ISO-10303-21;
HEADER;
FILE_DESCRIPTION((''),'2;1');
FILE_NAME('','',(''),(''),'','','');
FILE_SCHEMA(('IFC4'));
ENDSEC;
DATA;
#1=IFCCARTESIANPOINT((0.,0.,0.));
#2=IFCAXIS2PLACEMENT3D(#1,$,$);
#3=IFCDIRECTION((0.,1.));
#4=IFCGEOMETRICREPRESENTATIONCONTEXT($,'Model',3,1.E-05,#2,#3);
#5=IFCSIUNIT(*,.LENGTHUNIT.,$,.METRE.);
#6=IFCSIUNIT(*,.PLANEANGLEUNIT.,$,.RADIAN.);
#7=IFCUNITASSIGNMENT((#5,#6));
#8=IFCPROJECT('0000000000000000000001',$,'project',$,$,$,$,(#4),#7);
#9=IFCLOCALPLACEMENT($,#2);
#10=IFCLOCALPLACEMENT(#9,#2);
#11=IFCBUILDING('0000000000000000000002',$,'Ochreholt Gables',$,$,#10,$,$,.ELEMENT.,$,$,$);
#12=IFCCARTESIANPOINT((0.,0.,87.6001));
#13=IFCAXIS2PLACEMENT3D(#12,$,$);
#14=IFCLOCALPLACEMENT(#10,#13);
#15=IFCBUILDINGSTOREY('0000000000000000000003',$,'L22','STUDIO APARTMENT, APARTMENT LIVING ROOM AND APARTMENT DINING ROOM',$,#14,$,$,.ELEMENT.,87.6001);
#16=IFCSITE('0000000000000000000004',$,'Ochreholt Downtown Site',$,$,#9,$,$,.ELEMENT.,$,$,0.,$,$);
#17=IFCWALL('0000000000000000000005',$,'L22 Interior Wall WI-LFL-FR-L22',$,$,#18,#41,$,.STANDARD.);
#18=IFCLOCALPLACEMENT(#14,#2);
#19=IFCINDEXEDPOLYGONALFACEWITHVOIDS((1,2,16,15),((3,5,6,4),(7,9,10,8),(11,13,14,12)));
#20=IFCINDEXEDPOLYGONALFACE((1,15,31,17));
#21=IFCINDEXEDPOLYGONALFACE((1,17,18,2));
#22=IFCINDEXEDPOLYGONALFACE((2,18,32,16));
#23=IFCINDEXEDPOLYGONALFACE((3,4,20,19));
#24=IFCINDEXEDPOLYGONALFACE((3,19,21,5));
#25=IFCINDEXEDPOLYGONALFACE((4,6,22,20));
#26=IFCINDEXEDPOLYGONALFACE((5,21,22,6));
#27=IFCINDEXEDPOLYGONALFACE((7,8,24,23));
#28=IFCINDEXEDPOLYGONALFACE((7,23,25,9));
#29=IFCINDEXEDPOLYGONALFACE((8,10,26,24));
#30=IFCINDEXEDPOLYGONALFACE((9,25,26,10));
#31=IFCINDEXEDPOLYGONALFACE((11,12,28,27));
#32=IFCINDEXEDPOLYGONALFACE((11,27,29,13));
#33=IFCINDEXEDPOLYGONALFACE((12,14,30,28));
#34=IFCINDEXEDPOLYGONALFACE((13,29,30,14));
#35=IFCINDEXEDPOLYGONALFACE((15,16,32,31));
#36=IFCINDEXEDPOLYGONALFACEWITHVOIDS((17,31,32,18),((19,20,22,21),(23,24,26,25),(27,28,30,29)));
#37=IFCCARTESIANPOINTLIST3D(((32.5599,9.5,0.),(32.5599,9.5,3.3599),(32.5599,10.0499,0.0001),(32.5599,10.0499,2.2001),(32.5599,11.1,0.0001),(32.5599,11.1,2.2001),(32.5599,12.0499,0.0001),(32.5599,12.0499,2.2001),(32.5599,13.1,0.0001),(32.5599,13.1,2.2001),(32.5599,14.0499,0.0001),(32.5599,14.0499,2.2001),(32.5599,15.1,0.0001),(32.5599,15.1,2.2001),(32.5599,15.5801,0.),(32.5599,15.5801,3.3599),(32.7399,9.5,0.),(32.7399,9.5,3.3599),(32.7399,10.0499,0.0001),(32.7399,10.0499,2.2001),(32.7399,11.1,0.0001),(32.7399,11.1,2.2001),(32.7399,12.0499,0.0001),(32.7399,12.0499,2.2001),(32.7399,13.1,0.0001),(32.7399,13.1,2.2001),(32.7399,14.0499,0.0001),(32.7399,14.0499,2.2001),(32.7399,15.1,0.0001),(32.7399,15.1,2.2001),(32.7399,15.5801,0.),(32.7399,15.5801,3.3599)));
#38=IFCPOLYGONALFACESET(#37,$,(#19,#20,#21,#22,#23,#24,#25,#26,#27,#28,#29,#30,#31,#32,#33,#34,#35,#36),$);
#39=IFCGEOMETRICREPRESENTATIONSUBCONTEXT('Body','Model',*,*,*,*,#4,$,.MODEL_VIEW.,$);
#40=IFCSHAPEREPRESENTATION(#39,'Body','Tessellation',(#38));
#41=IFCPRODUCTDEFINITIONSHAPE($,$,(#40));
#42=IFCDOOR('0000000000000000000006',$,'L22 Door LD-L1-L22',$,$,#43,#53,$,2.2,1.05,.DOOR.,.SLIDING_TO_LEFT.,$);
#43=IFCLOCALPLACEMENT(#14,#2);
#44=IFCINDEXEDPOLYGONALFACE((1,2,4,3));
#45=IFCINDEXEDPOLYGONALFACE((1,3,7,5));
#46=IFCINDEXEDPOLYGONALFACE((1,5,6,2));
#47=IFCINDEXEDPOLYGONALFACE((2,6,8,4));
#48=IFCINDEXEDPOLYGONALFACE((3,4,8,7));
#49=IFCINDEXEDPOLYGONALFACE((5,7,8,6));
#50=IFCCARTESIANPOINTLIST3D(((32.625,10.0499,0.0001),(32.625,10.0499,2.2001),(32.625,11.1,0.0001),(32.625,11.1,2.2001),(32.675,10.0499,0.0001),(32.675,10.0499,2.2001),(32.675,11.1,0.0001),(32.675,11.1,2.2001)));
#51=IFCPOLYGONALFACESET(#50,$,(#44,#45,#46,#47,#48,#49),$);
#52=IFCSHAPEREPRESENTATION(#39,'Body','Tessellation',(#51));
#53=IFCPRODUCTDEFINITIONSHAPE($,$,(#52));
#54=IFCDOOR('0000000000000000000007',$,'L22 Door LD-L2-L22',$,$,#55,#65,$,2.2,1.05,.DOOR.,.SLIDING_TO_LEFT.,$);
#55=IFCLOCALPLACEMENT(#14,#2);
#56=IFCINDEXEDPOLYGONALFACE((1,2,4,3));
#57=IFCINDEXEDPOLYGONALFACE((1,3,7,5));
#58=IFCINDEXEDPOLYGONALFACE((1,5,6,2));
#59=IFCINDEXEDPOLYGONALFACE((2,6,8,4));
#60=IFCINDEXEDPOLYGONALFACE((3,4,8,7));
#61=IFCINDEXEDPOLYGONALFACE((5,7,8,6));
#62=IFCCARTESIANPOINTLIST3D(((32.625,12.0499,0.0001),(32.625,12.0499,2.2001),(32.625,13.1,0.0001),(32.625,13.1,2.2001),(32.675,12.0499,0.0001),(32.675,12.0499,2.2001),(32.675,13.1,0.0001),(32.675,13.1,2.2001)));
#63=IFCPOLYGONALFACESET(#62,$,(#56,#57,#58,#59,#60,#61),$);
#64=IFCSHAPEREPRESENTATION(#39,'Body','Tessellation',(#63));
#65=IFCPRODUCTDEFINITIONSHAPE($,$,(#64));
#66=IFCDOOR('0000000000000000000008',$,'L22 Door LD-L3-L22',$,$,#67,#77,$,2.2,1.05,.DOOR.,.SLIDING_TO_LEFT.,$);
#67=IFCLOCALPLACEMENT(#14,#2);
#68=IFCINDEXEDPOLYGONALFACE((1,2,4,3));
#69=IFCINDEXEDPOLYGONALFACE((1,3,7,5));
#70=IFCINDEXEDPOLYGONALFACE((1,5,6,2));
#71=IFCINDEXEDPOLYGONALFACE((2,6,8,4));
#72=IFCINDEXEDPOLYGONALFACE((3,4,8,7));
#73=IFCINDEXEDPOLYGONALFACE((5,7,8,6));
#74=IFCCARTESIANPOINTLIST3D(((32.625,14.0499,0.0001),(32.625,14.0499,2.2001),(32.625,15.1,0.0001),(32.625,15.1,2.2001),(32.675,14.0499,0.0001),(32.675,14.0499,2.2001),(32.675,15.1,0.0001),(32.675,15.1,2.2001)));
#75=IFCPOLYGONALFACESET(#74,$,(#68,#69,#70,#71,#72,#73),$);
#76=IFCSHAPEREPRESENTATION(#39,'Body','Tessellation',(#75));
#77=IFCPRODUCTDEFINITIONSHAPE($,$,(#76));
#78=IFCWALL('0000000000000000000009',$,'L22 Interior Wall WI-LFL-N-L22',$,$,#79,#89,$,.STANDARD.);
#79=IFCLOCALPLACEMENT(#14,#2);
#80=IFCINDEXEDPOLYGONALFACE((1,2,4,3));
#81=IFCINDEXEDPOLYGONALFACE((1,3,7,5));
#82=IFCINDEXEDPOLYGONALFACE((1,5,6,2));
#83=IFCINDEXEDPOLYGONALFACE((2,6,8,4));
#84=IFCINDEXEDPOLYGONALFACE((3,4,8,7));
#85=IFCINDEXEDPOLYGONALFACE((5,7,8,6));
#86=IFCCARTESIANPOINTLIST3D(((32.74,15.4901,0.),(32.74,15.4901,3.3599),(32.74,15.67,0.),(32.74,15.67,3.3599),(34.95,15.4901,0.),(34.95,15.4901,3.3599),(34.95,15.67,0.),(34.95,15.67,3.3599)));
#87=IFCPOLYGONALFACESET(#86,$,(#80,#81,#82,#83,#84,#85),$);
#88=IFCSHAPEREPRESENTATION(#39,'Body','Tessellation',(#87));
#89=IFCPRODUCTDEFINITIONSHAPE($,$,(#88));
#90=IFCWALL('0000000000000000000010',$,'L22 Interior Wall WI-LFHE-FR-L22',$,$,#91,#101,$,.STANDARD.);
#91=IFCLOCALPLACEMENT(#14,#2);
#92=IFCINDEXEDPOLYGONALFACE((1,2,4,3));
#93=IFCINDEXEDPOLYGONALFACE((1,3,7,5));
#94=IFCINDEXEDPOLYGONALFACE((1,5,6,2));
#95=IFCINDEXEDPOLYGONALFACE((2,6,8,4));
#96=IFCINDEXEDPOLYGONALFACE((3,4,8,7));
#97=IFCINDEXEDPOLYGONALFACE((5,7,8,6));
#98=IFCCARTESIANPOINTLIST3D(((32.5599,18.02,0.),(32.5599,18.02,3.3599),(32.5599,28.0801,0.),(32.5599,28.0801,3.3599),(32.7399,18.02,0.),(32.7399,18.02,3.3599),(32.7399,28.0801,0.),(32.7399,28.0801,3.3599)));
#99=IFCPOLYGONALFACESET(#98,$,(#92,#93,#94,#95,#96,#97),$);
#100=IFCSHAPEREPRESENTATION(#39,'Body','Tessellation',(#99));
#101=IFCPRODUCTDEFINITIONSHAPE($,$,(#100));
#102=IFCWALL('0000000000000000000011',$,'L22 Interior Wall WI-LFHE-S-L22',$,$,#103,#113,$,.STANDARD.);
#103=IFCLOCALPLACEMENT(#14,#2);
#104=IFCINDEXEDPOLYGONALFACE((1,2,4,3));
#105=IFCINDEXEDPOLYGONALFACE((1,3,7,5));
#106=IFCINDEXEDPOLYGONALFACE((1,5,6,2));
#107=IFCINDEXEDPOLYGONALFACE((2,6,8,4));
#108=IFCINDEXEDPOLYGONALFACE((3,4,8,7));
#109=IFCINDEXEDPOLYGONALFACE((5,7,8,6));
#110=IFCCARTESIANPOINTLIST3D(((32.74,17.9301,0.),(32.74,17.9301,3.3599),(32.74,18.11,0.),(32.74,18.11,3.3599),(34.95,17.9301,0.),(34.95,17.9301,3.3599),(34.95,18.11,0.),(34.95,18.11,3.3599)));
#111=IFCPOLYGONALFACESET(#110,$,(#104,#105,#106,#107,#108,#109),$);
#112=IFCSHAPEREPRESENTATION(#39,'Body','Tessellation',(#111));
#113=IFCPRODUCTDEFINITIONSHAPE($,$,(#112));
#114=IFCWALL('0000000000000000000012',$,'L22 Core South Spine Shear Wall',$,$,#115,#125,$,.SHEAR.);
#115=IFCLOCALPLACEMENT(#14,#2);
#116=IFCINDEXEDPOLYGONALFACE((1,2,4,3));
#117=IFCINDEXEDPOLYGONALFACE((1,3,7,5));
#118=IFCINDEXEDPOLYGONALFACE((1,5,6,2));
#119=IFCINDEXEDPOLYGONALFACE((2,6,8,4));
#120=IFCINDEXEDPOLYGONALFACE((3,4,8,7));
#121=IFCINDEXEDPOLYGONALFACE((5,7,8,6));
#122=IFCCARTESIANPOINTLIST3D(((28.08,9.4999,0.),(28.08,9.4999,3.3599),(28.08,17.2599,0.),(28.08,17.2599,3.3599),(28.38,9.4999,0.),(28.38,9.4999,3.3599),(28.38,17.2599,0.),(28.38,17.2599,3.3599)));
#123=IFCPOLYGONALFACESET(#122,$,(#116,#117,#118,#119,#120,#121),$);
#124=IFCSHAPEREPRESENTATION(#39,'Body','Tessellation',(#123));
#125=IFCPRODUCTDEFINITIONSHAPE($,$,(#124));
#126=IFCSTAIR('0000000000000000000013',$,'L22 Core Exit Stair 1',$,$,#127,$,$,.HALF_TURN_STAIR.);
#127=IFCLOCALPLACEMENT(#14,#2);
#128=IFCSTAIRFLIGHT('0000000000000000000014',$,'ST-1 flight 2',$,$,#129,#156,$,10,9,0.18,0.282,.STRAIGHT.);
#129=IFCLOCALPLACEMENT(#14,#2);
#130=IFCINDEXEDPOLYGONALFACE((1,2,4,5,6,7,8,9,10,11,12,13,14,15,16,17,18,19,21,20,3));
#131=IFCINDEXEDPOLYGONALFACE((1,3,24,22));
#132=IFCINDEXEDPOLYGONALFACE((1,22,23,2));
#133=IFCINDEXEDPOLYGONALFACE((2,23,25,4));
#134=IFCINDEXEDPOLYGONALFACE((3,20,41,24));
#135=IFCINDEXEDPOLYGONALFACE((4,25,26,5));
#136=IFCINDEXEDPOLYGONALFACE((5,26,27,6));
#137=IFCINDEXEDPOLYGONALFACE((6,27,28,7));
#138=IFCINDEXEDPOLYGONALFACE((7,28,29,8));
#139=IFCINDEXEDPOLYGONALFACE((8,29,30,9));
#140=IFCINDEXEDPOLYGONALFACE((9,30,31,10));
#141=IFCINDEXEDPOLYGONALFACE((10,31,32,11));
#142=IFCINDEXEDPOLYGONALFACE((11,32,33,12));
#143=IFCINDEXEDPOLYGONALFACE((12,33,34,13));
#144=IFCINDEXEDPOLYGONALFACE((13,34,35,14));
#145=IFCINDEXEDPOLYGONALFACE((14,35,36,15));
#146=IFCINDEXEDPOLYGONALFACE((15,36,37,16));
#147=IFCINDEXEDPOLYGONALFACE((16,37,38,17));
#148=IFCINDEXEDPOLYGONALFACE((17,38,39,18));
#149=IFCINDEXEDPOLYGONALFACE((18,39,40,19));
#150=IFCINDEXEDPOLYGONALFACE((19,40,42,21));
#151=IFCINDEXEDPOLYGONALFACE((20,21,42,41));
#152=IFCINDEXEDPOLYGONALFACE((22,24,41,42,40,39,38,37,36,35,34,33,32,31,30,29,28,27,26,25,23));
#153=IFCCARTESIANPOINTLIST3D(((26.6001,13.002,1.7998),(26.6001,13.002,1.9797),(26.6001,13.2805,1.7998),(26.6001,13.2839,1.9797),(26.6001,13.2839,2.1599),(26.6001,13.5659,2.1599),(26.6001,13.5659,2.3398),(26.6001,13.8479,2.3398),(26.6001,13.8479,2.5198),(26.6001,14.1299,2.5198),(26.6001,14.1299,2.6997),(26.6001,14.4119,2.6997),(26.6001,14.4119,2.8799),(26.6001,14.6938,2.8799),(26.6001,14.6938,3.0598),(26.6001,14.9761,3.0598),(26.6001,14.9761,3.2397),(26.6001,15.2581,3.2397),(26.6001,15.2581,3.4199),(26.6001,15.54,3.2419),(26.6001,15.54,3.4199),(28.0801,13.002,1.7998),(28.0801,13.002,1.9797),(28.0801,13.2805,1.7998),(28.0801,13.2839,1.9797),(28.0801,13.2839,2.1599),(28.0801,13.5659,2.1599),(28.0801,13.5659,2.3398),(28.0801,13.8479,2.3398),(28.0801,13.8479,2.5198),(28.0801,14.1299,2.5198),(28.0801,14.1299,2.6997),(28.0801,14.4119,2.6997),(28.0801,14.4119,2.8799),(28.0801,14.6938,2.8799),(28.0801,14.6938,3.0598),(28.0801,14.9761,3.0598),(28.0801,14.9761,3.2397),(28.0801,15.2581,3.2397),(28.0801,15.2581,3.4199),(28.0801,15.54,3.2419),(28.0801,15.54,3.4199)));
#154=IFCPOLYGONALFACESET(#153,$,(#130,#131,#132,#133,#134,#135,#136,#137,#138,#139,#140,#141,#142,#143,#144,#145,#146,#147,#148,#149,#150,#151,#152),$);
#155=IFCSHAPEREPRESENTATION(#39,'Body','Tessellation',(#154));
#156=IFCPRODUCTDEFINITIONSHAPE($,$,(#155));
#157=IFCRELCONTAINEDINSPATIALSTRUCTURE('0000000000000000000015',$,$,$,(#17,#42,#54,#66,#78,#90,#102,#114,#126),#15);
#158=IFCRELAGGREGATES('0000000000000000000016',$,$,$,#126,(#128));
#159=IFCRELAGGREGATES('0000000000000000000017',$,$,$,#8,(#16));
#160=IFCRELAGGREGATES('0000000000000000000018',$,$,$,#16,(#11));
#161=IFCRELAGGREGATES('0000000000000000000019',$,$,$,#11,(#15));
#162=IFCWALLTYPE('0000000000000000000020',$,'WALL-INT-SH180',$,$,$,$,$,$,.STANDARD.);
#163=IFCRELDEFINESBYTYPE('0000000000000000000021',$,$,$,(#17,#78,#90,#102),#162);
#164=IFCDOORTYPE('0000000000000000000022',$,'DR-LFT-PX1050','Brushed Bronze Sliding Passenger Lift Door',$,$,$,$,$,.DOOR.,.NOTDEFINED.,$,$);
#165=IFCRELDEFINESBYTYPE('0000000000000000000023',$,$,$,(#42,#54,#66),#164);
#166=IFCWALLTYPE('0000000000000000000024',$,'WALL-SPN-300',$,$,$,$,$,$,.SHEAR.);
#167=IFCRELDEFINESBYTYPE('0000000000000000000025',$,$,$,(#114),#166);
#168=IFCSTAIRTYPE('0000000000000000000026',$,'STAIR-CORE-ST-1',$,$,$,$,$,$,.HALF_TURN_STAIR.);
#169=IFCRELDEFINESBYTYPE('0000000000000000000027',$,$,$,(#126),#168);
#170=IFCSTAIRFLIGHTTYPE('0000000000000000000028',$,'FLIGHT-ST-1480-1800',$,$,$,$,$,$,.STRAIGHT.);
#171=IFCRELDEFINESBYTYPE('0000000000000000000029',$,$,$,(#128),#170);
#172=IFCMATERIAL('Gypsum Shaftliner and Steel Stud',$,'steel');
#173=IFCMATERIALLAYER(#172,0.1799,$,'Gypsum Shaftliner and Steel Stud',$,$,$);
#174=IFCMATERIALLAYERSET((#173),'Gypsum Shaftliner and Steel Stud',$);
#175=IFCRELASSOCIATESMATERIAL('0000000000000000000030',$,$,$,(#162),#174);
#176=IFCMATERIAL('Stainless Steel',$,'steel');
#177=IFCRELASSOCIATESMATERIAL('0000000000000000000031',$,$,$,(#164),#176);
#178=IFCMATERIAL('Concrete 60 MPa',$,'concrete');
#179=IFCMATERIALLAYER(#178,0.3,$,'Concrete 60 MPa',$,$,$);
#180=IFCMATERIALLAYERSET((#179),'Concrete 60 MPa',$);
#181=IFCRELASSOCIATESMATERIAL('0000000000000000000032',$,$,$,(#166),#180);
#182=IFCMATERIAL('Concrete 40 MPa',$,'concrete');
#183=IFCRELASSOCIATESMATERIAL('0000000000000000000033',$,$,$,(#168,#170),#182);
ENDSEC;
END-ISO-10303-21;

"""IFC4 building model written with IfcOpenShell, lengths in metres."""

from ifc_helpers import new_model, si_unit, direction, frame, frame_2d, origin, place, context, subcontext, project, spatial, polyline, rectangle, outline, extrude, material, layer, layer_set, type_object, element, fill, aggregate, save


model = new_model("IFC4")

# Units and contexts
model_context = context("Model", 3, precision=1e-05, world=origin(), true_north=direction((0.0, 1.0)))
body_context = subcontext(model_context, "Body", "Model", "MODEL_VIEW")
ifc_project = project(units=[si_unit("LENGTHUNIT", "METRE"), si_unit("PLANEANGLEUNIT", "RADIAN")], contexts=[model_context])

# Site, building, storey
site_placement = place(None, origin())
site = spatial("IfcSite", under=ifc_project, at=site_placement, Name="Ochreholt Downtown Site", CompositionType="ELEMENT", RefElevation=0.0)
building_placement = place(site_placement, origin())
building = spatial("IfcBuilding", under=site, at=building_placement, Name="Ochreholt Gables", CompositionType="ELEMENT")
storey_placement = place(building_placement, frame((0.0, 0.0, 87.6001)))
storey = spatial("IfcBuildingStorey", under=building, at=storey_placement, Name="L22", Description="STUDIO APARTMENT, APARTMENT LIVING ROOM AND APARTMENT DINING ROOM", CompositionType="ELEMENT", Elevation=87.6001)

# Shared definitions
ifc_material_1 = material(Name="Concrete 60 MPa", Category="concrete")

# Shared definitions
ifc_material_2 = material(Name="Concrete 40 MPa", Category="concrete")

# Shared definitions
ifc_material_3 = material(Name="Gypsum Shaftliner and Steel Stud", Category="steel")
ifc_layer_1 = layer(ifc_material_3, 0.1799, Name="Gypsum Shaftliner and Steel Stud")
ifc_layer_set_1 = layer_set([ifc_layer_1], Name="Gypsum Shaftliner and Steel Stud")
wall_type_1 = type_object("IfcWallType", Name="WALL-INT-SH180", PredefinedType="STANDARD", material=ifc_layer_set_1)

# Wall, openings, doors
wall_1_placement = place(storey_placement, frame((32.6499, 9.5, 0.0), z_axis=(0.0, 0.0, 1.0), x_axis=(0.0, 1.0, 0.0)))
wall_1 = element("IfcWall", 1, at=wall_1_placement, inside=storey, type_object=wall_type_1, Name="L22 Interior Wall WI-LFL-FR-L22", PredefinedType="STANDARD", context=body_context, shape_type="SweptSolid", body=[
    extrude(rectangle(XDim=6.0801, YDim=0.1799, at=frame_2d((3.04, 0.0))), origin(), (0.0, 0.0, 1.0), 3.3599),
])
opening_1_placement = place(wall_1_placement, frame((0.55, 0.0, 0.0)))
opening_1 = element("IfcOpeningElement", 2, at=opening_1_placement, cuts=wall_1, PredefinedType="OPENING", context=body_context, shape_type="SweptSolid", body=[
    extrude(rectangle(XDim=1.05, YDim=2.2, at=frame_2d((0.5249, 1.1001))), frame((0.0, 0.0999, 0.0), z_axis=(0.0, -1.0, 0.0), x_axis=(1.0, 0.0, 0.0)), (0.0, 0.0, 1.0), 0.2),
])
opening_2_placement = place(wall_1_placement, frame((2.55, 0.0, 0.0)))
opening_2 = element("IfcOpeningElement", 3, at=opening_2_placement, cuts=wall_1, PredefinedType="OPENING", context=body_context, shape_type="SweptSolid", body=[
    extrude(rectangle(XDim=1.05, YDim=2.2, at=frame_2d((0.5249, 1.1001))), frame((0.0, 0.0999, 0.0), z_axis=(0.0, -1.0, 0.0), x_axis=(1.0, 0.0, 0.0)), (0.0, 0.0, 1.0), 0.2),
])
opening_3_placement = place(wall_1_placement, frame((4.55, 0.0, 0.0)))
opening_3 = element("IfcOpeningElement", 4, at=opening_3_placement, cuts=wall_1, PredefinedType="OPENING", context=body_context, shape_type="SweptSolid", body=[
    extrude(rectangle(XDim=1.05, YDim=2.2, at=frame_2d((0.5249, 1.1001))), frame((0.0, 0.0999, 0.0), z_axis=(0.0, -1.0, 0.0), x_axis=(1.0, 0.0, 0.0)), (0.0, 0.0, 1.0), 0.2),
])
ifc_material_4 = material(Name="Stainless Steel", Category="steel")
door_type_1 = type_object("IfcDoorType", Name="DR-LFT-PX1050", Description="Brushed Bronze Sliding Passenger Lift Door", OperationType="NOTDEFINED", PredefinedType="DOOR", material=ifc_material_4)
door_1_placement = place(opening_1_placement, origin())
door_1 = element("IfcDoor", 5, at=door_1_placement, inside=storey, type_object=door_type_1, Name="L22 Door LD-L1-L22", OperationType="SLIDING_TO_LEFT", OverallHeight=2.2, OverallWidth=1.05, PredefinedType="DOOR", context=body_context, shape_type="SweptSolid", body=[
    extrude(rectangle(XDim=1.05, YDim=2.2, at=frame_2d((0.5249, 1.1001))), frame((0.0, 0.0249, 0.0), z_axis=(0.0, -1.0, 0.0), x_axis=(1.0, 0.0, 0.0)), (0.0, 0.0, 1.0), 0.05),
])
fill(opening_1, door_1)
door_2_placement = place(opening_2_placement, origin())
door_2 = element("IfcDoor", 6, at=door_2_placement, inside=storey, type_object=door_type_1, Name="L22 Door LD-L2-L22", OperationType="SLIDING_TO_LEFT", OverallHeight=2.2, OverallWidth=1.05, PredefinedType="DOOR", context=body_context, shape_type="SweptSolid", body=[
    extrude(rectangle(XDim=1.05, YDim=2.2, at=frame_2d((0.5249, 1.1001))), frame((0.0, 0.0249, 0.0), z_axis=(0.0, -1.0, 0.0), x_axis=(1.0, 0.0, 0.0)), (0.0, 0.0, 1.0), 0.05),
])
fill(opening_2, door_2)
door_3_placement = place(opening_3_placement, origin())
door_3 = element("IfcDoor", 7, at=door_3_placement, inside=storey, type_object=door_type_1, Name="L22 Door LD-L3-L22", OperationType="SLIDING_TO_LEFT", OverallHeight=2.2, OverallWidth=1.05, PredefinedType="DOOR", context=body_context, shape_type="SweptSolid", body=[
    extrude(rectangle(XDim=1.05, YDim=2.2, at=frame_2d((0.5249, 1.1001))), frame((0.0, 0.0249, 0.0), z_axis=(0.0, -1.0, 0.0), x_axis=(1.0, 0.0, 0.0)), (0.0, 0.0, 1.0), 0.05),
])
fill(opening_3, door_3)

# Walls
wall_2_placement = place(storey_placement, frame((32.74, 15.5801, 0.0), z_axis=(0.0, 0.0, 1.0), x_axis=(1.0, 0.0, 0.0)))
element("IfcWall", 8, at=wall_2_placement, inside=storey, type_object=wall_type_1, Name="L22 Interior Wall WI-LFL-N-L22", PredefinedType="STANDARD", context=body_context, shape_type="SweptSolid", body=[
    extrude(rectangle(XDim=2.21, YDim=0.1799, at=frame_2d((1.105, 0.0))), origin(), (0.0, 0.0, 1.0), 3.3599),
])
wall_3_placement = place(storey_placement, frame((32.6499, 18.02, 0.0), z_axis=(0.0, 0.0, 1.0), x_axis=(0.0, 1.0, 0.0)))
element("IfcWall", 9, at=wall_3_placement, inside=storey, type_object=wall_type_1, Name="L22 Interior Wall WI-LFHE-FR-L22", PredefinedType="STANDARD", context=body_context, shape_type="SweptSolid", body=[
    extrude(rectangle(XDim=10.0601, YDim=0.1799, at=frame_2d((5.03, 0.0))), origin(), (0.0, 0.0, 1.0), 3.3599),
])
wall_4_placement = place(storey_placement, frame((32.74, 18.02, 0.0), z_axis=(0.0, 0.0, 1.0), x_axis=(1.0, 0.0, 0.0)))
element("IfcWall", 10, at=wall_4_placement, inside=storey, type_object=wall_type_1, Name="L22 Interior Wall WI-LFHE-S-L22", PredefinedType="STANDARD", context=body_context, shape_type="SweptSolid", body=[
    extrude(rectangle(XDim=2.21, YDim=0.1799, at=frame_2d((1.105, 0.0))), origin(), (0.0, 0.0, 1.0), 3.3599),
])
ifc_layer_2 = layer(ifc_material_1, 0.3, Name="Concrete 60 MPa")
ifc_layer_set_2 = layer_set([ifc_layer_2], Name="Concrete 60 MPa")
wall_type_2 = type_object("IfcWallType", Name="WALL-SPN-300", PredefinedType="SHEAR", material=ifc_layer_set_2)
wall_5_placement = place(storey_placement, frame((28.23, 9.5, 0.0), z_axis=(0.0, 0.0, 1.0), x_axis=(0.0, 1.0, 0.0)))
element("IfcWall", 11, at=wall_5_placement, inside=storey, type_object=wall_type_2, Name="L22 Core South Spine Shear Wall", PredefinedType="SHEAR", context=body_context, shape_type="SweptSolid", body=[
    extrude(rectangle(XDim=7.76, YDim=0.3, at=frame_2d((3.8799, 0.0))), origin(), (0.0, 0.0, 1.0), 3.3599),
])

# Stair, stair flight
stair_type = type_object("IfcStairType", Name="STAIR-CORE-ST-1", PredefinedType="HALF_TURN_STAIR", material=ifc_material_2)
stair_placement = place(storey_placement, origin())
stair = element("IfcStair", 12, at=stair_placement, inside=storey, type_object=stair_type, Name="L22 Core Exit Stair 1", PredefinedType="HALF_TURN_STAIR")
stair_flight_type = type_object("IfcStairFlightType", Name="FLIGHT-ST-1480-1800", PredefinedType="STRAIGHT", material=ifc_material_2)
stair_flight_placement = place(storey_placement, frame((27.3401, 13.002, 1.7998), z_axis=(0.0, 0.0, 1.0), x_axis=(0.0, 1.0, 0.0)))
stair_flight = element("IfcStairFlight", 13, at=stair_flight_placement, type_object=stair_flight_type, Name="ST-1 flight 2", NumberOfRisers=10, NumberOfTreads=9, PredefinedType="STRAIGHT", RiserHeight=0.18, TreadLength=0.282, context=body_context, shape_type="SweptSolid", body=[
    extrude(outline(polyline([(0.0, 0.0), (0.0, 0.1799), (0.282, 0.1799), (0.282, 0.3601), (0.564, 0.3601), (0.564, 0.54), (0.8459, 0.54), (0.8459, 0.72), (1.1279, 0.72), (1.1279, 0.8999), (1.4099, 0.8999), (1.4099, 1.0801), (1.6919, 1.0801), (1.6919, 1.26), (1.9741, 1.26), (1.9741, 1.4399), (2.2561, 1.4399), (2.2561, 1.6201), (2.5381, 1.6201), (2.5381, 1.8), (2.5381, 1.4421), (0.2786, 0.0), (0.0, 0.0)])), frame((0.0, 0.74, 0.0), z_axis=(0.0, -1.0, 0.0), x_axis=(1.0, 0.0, 0.0)), (0.0, 0.0, 1.0), 1.48),
])
aggregate(stair, [stair_flight])

save(model, "model.ifc")
